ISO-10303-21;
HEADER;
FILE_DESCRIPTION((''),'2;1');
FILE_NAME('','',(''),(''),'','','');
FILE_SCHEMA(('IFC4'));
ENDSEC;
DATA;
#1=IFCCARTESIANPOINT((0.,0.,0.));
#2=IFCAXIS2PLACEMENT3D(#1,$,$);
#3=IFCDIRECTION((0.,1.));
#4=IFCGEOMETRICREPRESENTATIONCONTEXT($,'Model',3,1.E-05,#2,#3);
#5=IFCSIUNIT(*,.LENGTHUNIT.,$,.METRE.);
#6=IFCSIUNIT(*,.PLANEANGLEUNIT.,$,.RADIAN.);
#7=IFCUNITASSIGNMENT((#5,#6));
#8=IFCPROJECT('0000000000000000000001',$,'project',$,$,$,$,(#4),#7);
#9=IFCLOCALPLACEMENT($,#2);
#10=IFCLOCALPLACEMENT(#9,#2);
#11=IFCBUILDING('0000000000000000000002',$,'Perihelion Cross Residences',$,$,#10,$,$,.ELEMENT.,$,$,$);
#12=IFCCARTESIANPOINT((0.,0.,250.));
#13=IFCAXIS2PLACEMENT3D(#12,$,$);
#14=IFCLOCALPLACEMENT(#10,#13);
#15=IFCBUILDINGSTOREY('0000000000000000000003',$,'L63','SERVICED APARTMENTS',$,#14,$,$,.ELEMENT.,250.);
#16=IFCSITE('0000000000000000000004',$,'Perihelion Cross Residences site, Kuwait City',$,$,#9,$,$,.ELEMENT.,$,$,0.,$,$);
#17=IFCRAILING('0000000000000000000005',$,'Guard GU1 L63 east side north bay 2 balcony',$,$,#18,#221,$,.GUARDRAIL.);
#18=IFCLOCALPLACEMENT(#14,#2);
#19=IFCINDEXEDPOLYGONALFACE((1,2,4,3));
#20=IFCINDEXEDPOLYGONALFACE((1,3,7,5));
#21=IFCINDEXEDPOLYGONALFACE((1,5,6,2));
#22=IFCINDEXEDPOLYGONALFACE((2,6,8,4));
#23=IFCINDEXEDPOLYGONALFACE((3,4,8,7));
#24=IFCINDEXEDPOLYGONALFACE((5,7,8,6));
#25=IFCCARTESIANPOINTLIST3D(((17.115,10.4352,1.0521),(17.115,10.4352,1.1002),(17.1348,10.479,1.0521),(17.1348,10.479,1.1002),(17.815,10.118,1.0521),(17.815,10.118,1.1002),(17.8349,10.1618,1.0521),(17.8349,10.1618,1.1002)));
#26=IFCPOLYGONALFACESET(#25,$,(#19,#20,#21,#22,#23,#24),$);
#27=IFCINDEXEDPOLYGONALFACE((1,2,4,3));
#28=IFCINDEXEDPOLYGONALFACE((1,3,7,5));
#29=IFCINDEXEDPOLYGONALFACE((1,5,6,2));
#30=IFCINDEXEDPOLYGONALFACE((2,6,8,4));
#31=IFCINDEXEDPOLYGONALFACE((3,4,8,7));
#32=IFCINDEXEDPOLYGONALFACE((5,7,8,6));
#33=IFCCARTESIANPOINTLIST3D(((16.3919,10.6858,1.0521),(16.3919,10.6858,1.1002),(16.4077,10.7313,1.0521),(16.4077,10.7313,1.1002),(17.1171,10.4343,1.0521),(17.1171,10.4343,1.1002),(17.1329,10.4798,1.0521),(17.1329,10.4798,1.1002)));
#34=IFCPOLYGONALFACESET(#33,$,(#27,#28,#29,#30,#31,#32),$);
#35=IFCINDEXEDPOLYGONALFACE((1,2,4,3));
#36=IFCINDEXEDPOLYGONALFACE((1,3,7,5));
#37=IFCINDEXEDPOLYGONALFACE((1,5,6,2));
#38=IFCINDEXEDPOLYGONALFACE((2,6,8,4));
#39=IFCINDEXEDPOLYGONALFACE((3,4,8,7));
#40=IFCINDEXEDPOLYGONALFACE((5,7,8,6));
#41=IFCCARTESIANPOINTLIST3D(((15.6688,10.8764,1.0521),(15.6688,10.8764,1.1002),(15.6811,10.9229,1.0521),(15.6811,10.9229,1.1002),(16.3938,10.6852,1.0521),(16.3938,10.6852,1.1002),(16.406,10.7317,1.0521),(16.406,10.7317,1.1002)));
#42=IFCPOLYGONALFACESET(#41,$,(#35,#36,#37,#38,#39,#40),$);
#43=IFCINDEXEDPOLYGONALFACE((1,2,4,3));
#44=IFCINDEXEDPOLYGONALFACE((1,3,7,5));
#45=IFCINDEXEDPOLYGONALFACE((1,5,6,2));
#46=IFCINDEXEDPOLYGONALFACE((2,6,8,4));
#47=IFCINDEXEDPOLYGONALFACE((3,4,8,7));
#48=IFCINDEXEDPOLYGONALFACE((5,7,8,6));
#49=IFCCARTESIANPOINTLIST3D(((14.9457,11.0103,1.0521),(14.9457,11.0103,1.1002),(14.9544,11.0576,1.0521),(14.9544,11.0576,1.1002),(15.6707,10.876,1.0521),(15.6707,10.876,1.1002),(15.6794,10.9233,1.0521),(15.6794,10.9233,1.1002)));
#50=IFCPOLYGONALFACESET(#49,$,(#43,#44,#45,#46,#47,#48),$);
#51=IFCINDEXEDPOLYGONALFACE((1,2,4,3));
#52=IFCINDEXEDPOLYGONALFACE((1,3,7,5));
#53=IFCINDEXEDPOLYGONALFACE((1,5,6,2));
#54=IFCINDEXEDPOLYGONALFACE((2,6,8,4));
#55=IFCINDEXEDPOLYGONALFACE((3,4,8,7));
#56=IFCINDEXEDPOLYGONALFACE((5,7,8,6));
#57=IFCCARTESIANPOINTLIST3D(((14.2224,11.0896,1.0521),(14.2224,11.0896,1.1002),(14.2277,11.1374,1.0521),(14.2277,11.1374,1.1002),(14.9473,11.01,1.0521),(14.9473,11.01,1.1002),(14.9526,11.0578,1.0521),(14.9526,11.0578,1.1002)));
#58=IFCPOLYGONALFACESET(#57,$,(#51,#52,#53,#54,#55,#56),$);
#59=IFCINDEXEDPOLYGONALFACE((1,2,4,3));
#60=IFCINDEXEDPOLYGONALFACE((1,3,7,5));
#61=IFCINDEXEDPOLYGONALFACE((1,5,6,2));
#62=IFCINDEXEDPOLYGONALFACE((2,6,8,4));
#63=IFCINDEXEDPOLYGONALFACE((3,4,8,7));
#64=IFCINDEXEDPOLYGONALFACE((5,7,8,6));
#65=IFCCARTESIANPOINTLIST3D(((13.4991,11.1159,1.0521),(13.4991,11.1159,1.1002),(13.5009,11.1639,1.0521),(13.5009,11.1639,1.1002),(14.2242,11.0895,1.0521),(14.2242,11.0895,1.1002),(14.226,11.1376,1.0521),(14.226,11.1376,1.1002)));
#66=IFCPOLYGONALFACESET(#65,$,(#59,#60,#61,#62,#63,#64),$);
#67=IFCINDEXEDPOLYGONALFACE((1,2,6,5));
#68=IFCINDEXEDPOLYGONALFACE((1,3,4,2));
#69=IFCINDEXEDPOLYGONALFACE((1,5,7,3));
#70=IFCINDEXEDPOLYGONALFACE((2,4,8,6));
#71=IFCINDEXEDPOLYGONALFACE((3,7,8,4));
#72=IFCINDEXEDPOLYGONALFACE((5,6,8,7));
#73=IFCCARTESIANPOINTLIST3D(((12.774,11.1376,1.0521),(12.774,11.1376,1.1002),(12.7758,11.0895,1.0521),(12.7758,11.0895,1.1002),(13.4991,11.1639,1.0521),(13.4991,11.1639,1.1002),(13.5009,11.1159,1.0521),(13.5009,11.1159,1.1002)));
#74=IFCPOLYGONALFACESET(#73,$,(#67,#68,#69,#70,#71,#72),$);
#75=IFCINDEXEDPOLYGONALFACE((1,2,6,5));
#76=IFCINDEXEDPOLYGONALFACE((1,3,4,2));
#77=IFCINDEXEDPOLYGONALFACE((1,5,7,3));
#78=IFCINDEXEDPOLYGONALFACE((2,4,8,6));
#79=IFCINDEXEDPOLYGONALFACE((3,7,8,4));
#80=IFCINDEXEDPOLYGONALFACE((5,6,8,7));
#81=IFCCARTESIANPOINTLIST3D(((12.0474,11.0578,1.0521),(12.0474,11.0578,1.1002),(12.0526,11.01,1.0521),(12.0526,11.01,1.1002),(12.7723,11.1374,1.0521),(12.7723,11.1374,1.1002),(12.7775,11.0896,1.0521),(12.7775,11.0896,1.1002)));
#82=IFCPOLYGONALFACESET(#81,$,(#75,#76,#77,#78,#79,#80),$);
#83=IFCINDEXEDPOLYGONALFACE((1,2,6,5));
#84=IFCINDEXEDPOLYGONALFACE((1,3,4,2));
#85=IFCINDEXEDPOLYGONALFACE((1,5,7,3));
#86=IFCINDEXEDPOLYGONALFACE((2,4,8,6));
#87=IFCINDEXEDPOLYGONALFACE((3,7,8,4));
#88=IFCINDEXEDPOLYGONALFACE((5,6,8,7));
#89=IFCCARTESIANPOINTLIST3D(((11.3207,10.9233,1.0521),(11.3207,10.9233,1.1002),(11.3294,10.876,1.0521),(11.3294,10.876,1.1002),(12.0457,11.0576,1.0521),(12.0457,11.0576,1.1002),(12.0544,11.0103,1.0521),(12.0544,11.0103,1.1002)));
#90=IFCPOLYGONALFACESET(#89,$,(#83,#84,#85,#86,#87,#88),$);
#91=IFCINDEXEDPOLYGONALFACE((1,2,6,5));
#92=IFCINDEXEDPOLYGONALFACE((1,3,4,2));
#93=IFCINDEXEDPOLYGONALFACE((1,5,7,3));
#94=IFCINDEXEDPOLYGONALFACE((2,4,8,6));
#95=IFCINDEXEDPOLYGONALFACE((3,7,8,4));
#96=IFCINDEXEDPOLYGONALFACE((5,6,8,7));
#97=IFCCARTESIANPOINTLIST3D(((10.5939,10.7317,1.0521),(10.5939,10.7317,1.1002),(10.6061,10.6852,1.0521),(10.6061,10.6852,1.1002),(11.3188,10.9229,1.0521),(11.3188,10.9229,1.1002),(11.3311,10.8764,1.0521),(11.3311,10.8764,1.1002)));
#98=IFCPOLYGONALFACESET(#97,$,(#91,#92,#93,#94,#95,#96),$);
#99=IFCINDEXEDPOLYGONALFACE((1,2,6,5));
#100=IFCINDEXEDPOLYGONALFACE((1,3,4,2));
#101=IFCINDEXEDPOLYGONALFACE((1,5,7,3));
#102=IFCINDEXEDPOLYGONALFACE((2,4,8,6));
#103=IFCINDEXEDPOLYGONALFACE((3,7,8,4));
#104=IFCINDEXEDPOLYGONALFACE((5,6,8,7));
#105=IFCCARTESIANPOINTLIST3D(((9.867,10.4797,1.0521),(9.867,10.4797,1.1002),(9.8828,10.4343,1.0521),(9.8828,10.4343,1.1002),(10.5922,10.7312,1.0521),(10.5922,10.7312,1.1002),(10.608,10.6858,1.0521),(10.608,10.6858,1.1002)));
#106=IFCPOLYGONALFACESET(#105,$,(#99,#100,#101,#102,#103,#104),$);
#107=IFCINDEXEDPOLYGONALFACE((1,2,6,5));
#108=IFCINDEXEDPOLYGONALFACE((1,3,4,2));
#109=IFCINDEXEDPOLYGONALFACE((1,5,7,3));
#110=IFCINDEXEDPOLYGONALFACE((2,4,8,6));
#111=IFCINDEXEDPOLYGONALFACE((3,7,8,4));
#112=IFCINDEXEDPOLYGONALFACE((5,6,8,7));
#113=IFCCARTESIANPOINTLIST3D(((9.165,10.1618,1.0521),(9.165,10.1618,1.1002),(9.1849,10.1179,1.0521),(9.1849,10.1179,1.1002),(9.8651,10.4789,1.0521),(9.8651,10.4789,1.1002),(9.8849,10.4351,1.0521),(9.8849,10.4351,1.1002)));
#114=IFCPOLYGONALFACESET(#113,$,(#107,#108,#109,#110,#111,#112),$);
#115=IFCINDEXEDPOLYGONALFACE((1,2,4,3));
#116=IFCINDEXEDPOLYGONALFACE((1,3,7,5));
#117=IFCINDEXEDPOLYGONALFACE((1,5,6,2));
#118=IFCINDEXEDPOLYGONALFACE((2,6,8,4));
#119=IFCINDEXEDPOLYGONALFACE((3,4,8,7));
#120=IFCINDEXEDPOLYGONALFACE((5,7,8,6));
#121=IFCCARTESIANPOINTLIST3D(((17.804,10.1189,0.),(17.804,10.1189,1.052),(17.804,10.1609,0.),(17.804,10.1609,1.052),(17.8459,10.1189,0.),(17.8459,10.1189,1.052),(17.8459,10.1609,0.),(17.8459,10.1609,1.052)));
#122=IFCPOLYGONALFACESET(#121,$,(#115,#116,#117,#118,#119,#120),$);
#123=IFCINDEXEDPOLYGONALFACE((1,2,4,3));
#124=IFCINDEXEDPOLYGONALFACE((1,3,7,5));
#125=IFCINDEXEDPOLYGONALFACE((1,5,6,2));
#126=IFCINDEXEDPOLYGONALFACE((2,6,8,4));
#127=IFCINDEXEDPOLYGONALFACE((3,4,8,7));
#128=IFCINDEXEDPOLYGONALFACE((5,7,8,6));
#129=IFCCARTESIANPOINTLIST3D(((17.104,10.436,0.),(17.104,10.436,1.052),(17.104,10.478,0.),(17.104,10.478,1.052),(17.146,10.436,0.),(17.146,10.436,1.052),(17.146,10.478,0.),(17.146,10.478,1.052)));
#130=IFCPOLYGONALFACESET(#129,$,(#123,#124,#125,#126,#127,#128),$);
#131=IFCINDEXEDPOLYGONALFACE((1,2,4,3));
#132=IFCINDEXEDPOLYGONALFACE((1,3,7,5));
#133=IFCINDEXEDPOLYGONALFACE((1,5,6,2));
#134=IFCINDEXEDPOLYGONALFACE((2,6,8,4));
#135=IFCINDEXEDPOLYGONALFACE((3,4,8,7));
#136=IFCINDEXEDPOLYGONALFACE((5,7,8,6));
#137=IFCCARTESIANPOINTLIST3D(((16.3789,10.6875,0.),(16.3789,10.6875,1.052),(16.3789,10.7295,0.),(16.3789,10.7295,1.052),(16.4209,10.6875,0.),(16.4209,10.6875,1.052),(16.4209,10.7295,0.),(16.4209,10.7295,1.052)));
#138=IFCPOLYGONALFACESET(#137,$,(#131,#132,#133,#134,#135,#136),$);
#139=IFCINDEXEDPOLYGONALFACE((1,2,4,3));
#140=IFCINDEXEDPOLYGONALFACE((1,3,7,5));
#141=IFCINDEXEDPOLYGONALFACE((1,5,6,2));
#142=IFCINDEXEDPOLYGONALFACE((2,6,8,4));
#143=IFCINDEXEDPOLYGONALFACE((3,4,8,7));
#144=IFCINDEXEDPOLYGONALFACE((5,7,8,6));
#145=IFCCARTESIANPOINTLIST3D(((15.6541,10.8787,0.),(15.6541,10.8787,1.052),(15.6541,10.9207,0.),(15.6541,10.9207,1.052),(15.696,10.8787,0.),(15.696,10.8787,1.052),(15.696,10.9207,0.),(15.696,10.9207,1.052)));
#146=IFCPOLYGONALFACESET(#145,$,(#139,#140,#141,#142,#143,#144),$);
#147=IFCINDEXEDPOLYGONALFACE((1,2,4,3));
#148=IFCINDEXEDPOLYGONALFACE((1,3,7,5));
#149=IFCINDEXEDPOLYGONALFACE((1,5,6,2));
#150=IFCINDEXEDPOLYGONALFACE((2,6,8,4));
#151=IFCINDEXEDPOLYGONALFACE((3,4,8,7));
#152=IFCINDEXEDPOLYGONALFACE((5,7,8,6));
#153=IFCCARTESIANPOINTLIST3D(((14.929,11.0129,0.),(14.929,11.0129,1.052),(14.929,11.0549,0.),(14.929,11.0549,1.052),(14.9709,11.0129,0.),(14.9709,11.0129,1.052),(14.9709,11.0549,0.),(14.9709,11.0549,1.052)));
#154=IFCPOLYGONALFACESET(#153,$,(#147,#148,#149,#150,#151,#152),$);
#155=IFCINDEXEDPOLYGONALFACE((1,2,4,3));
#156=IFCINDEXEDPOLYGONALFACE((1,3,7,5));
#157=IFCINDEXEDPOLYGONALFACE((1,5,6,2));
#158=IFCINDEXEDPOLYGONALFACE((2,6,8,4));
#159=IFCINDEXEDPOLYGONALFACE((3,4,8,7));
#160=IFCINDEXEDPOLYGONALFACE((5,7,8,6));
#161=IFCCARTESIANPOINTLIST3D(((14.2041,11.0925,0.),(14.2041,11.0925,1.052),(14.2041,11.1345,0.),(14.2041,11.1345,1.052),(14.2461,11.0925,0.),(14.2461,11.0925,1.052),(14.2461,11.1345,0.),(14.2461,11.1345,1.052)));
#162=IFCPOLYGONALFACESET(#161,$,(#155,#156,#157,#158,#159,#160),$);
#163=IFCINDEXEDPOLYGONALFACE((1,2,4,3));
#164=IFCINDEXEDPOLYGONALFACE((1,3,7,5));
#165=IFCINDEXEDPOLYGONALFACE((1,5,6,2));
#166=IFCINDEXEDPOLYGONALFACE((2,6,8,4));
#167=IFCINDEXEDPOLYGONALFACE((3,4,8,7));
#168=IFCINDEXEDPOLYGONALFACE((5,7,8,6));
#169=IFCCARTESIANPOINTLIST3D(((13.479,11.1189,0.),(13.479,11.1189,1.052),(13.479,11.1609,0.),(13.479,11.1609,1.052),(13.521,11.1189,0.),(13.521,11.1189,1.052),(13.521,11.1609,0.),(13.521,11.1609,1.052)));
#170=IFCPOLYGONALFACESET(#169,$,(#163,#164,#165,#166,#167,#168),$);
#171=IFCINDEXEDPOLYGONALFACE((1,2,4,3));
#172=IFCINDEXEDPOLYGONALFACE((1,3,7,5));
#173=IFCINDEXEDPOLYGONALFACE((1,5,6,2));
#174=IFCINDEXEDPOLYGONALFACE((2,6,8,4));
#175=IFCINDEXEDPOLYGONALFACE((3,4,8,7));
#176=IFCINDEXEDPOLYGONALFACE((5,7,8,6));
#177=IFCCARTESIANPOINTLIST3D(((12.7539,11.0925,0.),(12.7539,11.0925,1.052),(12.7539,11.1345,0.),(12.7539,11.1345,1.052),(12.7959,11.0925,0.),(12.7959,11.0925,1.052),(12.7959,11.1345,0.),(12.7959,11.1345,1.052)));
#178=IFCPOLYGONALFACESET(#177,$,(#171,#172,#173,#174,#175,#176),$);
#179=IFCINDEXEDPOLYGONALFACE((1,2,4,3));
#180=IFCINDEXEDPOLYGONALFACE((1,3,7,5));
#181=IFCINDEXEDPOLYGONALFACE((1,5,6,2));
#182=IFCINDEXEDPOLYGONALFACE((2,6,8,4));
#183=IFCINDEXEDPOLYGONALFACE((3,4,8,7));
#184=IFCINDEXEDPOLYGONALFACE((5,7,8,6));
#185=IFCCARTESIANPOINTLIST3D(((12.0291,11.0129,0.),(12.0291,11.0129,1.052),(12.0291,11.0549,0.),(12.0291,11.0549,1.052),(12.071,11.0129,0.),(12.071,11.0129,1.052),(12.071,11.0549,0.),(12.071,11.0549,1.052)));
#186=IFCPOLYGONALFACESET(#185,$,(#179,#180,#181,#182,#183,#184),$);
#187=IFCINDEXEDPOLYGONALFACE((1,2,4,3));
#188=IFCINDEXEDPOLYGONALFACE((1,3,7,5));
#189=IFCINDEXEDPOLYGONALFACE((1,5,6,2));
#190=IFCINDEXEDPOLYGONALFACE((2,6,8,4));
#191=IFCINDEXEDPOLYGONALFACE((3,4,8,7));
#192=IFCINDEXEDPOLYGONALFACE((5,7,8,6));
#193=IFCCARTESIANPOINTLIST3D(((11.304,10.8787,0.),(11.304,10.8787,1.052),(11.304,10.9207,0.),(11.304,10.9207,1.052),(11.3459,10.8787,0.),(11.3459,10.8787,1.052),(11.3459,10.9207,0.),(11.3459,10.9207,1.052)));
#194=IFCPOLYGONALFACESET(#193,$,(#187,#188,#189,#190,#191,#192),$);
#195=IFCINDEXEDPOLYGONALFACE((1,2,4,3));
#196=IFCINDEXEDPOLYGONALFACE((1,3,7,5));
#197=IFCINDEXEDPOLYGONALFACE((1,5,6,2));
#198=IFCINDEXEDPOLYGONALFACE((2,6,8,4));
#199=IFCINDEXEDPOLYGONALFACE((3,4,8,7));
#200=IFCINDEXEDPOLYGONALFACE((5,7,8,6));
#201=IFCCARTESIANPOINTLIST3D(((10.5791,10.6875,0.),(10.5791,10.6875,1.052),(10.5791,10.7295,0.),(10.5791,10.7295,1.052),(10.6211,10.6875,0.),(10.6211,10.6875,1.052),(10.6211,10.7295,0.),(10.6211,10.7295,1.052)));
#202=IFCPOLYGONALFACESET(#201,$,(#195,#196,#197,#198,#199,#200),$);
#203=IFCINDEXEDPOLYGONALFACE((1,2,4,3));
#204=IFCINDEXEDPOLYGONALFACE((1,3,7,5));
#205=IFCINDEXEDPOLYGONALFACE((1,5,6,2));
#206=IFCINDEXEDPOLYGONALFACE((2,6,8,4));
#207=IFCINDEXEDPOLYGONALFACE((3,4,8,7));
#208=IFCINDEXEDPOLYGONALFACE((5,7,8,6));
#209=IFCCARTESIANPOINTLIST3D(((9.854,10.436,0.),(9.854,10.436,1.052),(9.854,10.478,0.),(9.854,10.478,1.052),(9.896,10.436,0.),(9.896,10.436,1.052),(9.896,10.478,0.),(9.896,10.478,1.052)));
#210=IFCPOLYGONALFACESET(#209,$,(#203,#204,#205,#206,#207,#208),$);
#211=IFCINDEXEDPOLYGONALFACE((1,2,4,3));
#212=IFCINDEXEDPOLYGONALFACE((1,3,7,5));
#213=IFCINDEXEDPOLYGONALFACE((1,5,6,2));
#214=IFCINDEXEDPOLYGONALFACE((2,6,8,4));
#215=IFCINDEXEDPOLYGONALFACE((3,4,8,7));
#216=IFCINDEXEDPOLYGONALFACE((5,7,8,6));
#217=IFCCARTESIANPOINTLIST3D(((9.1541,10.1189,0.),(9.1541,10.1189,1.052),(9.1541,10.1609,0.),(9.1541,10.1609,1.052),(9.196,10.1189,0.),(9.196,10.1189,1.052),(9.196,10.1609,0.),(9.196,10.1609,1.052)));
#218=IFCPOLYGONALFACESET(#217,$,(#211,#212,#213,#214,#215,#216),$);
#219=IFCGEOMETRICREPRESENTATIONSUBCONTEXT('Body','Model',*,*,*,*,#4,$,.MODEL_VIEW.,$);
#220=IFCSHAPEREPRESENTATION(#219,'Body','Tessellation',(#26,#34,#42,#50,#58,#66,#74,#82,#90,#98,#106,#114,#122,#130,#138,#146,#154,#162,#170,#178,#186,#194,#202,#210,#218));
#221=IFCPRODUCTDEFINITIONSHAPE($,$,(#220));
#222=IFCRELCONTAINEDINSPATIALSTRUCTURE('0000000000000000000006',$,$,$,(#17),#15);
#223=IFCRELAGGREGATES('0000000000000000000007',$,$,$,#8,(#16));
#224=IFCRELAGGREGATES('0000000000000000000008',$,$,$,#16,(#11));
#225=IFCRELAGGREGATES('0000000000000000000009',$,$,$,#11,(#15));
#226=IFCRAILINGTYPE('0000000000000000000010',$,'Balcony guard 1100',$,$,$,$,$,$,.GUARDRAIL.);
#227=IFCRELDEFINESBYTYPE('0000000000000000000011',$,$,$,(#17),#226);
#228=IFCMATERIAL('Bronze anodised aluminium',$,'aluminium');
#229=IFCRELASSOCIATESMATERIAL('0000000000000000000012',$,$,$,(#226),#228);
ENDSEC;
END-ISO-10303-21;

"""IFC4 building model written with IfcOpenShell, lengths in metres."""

from ifc_helpers import new_model, si_unit, direction, frame, origin, origin_2d, place, context, subcontext, project, spatial, rectangle, extrude, material, type_object, element, save


model = new_model("IFC4")

# Units and contexts
model_context = context("Model", 3, precision=1e-05, world=origin(), true_north=direction((0.0, 1.0)))
body_context = subcontext(model_context, "Body", "Model", "MODEL_VIEW")
ifc_project = project(units=[si_unit("LENGTHUNIT", "METRE"), si_unit("PLANEANGLEUNIT", "RADIAN")], contexts=[model_context])

# Site, building, storey
site_placement = place(None, origin())
site = spatial("IfcSite", under=ifc_project, at=site_placement, Name="Perihelion Cross Residences site, Kuwait City", CompositionType="ELEMENT", RefElevation=0.0)
building_placement = place(site_placement, origin())
building = spatial("IfcBuilding", under=site, at=building_placement, Name="Perihelion Cross Residences", CompositionType="ELEMENT")
storey_placement = place(building_placement, frame((0.0, 0.0, 250.0)))
storey = spatial("IfcBuildingStorey", under=building, at=storey_placement, Name="L63", Description="SERVICED APARTMENTS", CompositionType="ELEMENT", Elevation=250.0)

# Railing
ifc_material_1 = material(Name="Bronze anodised aluminium", Category="aluminium")
railing_type = type_object("IfcRailingType", Name="Balcony guard 1100", PredefinedType="GUARDRAIL", material=ifc_material_1)
railing_placement = place(storey_placement, frame((17.825, 10.1399, 0.0)))
element("IfcRailing", 1, at=railing_placement, inside=storey, type_object=railing_type, Name="Guard GU1 L63 east side north bay 2 balcony", PredefinedType="GUARDRAIL", context=body_context, shape_type="SweptSolid", body=[
    extrude(rectangle(XDim=0.0481, YDim=0.0481, at=origin_2d()), frame((0.0, 0.0, 1.0762), z_axis=(-0.910866, 0.412702, 0.0), x_axis=(-0.412702, -0.910866, 0.0)), (0.0, 0.0, 1.0), 0.7686),
    extrude(rectangle(XDim=0.0481, YDim=0.0481, at=origin_2d()), frame((-0.7, 0.3171, 1.0762), z_axis=(-0.944797, 0.327657, 0.0), x_axis=(-0.327657, -0.944797, 0.0)), (0.0, 0.0, 1.0), 0.7676),
    extrude(rectangle(XDim=0.0481, YDim=0.0481, at=origin_2d()), frame((-1.425, 0.5686, 1.0762), z_axis=(-0.966939, 0.255006, 0.0), x_axis=(-0.255006, -0.966939, 0.0)), (0.0, 0.0, 1.0), 0.7498),
    extrude(rectangle(XDim=0.0481, YDim=0.0481, at=origin_2d()), frame((-2.1499, 0.7598, 1.0762), z_axis=(-0.983282, 0.182089, 0.0), x_axis=(-0.182089, -0.983282, 0.0)), (0.0, 0.0, 1.0), 0.7373),
    extrude(rectangle(XDim=0.0481, YDim=0.0481, at=origin_2d()), frame((-2.875, 0.894, 1.0762), z_axis=(-0.994026, 0.109145, 0.0), x_axis=(-0.109145, -0.994026, 0.0)), (0.0, 0.0, 1.0), 0.7292),
    extrude(rectangle(XDim=0.0481, YDim=0.0481, at=origin_2d()), frame((-3.5999, 0.9736, 1.0762), z_axis=(-0.999339, 0.03634, 0.0), x_axis=(-0.03634, -0.999339, 0.0)), (0.0, 0.0, 1.0), 0.7256),
    extrude(rectangle(XDim=0.0481, YDim=0.0481, at=origin_2d()), frame((-4.325, 1.0, 1.0762), z_axis=(-0.999339, -0.03634, 0.0), x_axis=(0.03634, -0.999339, 0.0)), (0.0, 0.0, 1.0), 0.7256),
    extrude(rectangle(XDim=0.0481, YDim=0.0481, at=origin_2d()), frame((-5.05, 0.9736, 1.0762), z_axis=(-0.994026, -0.109145, 0.0), x_axis=(0.109145, -0.994026, 0.0)), (0.0, 0.0, 1.0), 0.7292),
    extrude(rectangle(XDim=0.0481, YDim=0.0481, at=origin_2d()), frame((-5.7749, 0.894, 1.0762), z_axis=(-0.983282, -0.182089, 0.0), x_axis=(0.182089, -0.983282, 0.0)), (0.0, 0.0, 1.0), 0.7373),
    extrude(rectangle(XDim=0.0481, YDim=0.0481, at=origin_2d()), frame((-6.5, 0.7598, 1.0762), z_axis=(-0.966939, -0.255006, 0.0), x_axis=(0.255006, -0.966939, 0.0)), (0.0, 0.0, 1.0), 0.7498),
    extrude(rectangle(XDim=0.0481, YDim=0.0481, at=origin_2d()), frame((-7.2249, 0.5686, 1.0762), z_axis=(-0.944797, -0.327657, 0.0), x_axis=(0.327657, -0.944797, 0.0)), (0.0, 0.0, 1.0), 0.7676),
    extrude(rectangle(XDim=0.0481, YDim=0.0481, at=origin_2d()), frame((-7.95, 0.3171, 1.0762), z_axis=(-0.910866, -0.412702, 0.0), x_axis=(0.412702, -0.910866, 0.0)), (0.0, 0.0, 1.0), 0.7686),
    extrude(rectangle(XDim=0.042, YDim=0.042, at=origin_2d()), origin(), (0.0, 0.0, 1.0), 1.052),
    extrude(rectangle(XDim=0.042, YDim=0.042, at=origin_2d()), frame((-0.7, 0.3171, 0.0)), (0.0, 0.0, 1.0), 1.052),
    extrude(rectangle(XDim=0.042, YDim=0.042, at=origin_2d()), frame((-1.425, 0.5686, 0.0)), (0.0, 0.0, 1.0), 1.052),
    extrude(rectangle(XDim=0.042, YDim=0.042, at=origin_2d()), frame((-2.1499, 0.7598, 0.0)), (0.0, 0.0, 1.0), 1.052),
    extrude(rectangle(XDim=0.042, YDim=0.042, at=origin_2d()), frame((-2.875, 0.894, 0.0)), (0.0, 0.0, 1.0), 1.052),
    extrude(rectangle(XDim=0.042, YDim=0.042, at=origin_2d()), frame((-3.5999, 0.9736, 0.0)), (0.0, 0.0, 1.0), 1.052),
    extrude(rectangle(XDim=0.042, YDim=0.042, at=origin_2d()), frame((-4.325, 1.0, 0.0)), (0.0, 0.0, 1.0), 1.052),
    extrude(rectangle(XDim=0.042, YDim=0.042, at=origin_2d()), frame((-5.05, 0.9736, 0.0)), (0.0, 0.0, 1.0), 1.052),
    extrude(rectangle(XDim=0.042, YDim=0.042, at=origin_2d()), frame((-5.7749, 0.894, 0.0)), (0.0, 0.0, 1.0), 1.052),
    extrude(rectangle(XDim=0.042, YDim=0.042, at=origin_2d()), frame((-6.5, 0.7598, 0.0)), (0.0, 0.0, 1.0), 1.052),
    extrude(rectangle(XDim=0.042, YDim=0.042, at=origin_2d()), frame((-7.2249, 0.5686, 0.0)), (0.0, 0.0, 1.0), 1.052),
    extrude(rectangle(XDim=0.042, YDim=0.042, at=origin_2d()), frame((-7.95, 0.3171, 0.0)), (0.0, 0.0, 1.0), 1.052),
    extrude(rectangle(XDim=0.042, YDim=0.042, at=origin_2d()), frame((-8.6499, 0.0, 0.0)), (0.0, 0.0, 1.0), 1.052),
])

save(model, "model.ifc")
